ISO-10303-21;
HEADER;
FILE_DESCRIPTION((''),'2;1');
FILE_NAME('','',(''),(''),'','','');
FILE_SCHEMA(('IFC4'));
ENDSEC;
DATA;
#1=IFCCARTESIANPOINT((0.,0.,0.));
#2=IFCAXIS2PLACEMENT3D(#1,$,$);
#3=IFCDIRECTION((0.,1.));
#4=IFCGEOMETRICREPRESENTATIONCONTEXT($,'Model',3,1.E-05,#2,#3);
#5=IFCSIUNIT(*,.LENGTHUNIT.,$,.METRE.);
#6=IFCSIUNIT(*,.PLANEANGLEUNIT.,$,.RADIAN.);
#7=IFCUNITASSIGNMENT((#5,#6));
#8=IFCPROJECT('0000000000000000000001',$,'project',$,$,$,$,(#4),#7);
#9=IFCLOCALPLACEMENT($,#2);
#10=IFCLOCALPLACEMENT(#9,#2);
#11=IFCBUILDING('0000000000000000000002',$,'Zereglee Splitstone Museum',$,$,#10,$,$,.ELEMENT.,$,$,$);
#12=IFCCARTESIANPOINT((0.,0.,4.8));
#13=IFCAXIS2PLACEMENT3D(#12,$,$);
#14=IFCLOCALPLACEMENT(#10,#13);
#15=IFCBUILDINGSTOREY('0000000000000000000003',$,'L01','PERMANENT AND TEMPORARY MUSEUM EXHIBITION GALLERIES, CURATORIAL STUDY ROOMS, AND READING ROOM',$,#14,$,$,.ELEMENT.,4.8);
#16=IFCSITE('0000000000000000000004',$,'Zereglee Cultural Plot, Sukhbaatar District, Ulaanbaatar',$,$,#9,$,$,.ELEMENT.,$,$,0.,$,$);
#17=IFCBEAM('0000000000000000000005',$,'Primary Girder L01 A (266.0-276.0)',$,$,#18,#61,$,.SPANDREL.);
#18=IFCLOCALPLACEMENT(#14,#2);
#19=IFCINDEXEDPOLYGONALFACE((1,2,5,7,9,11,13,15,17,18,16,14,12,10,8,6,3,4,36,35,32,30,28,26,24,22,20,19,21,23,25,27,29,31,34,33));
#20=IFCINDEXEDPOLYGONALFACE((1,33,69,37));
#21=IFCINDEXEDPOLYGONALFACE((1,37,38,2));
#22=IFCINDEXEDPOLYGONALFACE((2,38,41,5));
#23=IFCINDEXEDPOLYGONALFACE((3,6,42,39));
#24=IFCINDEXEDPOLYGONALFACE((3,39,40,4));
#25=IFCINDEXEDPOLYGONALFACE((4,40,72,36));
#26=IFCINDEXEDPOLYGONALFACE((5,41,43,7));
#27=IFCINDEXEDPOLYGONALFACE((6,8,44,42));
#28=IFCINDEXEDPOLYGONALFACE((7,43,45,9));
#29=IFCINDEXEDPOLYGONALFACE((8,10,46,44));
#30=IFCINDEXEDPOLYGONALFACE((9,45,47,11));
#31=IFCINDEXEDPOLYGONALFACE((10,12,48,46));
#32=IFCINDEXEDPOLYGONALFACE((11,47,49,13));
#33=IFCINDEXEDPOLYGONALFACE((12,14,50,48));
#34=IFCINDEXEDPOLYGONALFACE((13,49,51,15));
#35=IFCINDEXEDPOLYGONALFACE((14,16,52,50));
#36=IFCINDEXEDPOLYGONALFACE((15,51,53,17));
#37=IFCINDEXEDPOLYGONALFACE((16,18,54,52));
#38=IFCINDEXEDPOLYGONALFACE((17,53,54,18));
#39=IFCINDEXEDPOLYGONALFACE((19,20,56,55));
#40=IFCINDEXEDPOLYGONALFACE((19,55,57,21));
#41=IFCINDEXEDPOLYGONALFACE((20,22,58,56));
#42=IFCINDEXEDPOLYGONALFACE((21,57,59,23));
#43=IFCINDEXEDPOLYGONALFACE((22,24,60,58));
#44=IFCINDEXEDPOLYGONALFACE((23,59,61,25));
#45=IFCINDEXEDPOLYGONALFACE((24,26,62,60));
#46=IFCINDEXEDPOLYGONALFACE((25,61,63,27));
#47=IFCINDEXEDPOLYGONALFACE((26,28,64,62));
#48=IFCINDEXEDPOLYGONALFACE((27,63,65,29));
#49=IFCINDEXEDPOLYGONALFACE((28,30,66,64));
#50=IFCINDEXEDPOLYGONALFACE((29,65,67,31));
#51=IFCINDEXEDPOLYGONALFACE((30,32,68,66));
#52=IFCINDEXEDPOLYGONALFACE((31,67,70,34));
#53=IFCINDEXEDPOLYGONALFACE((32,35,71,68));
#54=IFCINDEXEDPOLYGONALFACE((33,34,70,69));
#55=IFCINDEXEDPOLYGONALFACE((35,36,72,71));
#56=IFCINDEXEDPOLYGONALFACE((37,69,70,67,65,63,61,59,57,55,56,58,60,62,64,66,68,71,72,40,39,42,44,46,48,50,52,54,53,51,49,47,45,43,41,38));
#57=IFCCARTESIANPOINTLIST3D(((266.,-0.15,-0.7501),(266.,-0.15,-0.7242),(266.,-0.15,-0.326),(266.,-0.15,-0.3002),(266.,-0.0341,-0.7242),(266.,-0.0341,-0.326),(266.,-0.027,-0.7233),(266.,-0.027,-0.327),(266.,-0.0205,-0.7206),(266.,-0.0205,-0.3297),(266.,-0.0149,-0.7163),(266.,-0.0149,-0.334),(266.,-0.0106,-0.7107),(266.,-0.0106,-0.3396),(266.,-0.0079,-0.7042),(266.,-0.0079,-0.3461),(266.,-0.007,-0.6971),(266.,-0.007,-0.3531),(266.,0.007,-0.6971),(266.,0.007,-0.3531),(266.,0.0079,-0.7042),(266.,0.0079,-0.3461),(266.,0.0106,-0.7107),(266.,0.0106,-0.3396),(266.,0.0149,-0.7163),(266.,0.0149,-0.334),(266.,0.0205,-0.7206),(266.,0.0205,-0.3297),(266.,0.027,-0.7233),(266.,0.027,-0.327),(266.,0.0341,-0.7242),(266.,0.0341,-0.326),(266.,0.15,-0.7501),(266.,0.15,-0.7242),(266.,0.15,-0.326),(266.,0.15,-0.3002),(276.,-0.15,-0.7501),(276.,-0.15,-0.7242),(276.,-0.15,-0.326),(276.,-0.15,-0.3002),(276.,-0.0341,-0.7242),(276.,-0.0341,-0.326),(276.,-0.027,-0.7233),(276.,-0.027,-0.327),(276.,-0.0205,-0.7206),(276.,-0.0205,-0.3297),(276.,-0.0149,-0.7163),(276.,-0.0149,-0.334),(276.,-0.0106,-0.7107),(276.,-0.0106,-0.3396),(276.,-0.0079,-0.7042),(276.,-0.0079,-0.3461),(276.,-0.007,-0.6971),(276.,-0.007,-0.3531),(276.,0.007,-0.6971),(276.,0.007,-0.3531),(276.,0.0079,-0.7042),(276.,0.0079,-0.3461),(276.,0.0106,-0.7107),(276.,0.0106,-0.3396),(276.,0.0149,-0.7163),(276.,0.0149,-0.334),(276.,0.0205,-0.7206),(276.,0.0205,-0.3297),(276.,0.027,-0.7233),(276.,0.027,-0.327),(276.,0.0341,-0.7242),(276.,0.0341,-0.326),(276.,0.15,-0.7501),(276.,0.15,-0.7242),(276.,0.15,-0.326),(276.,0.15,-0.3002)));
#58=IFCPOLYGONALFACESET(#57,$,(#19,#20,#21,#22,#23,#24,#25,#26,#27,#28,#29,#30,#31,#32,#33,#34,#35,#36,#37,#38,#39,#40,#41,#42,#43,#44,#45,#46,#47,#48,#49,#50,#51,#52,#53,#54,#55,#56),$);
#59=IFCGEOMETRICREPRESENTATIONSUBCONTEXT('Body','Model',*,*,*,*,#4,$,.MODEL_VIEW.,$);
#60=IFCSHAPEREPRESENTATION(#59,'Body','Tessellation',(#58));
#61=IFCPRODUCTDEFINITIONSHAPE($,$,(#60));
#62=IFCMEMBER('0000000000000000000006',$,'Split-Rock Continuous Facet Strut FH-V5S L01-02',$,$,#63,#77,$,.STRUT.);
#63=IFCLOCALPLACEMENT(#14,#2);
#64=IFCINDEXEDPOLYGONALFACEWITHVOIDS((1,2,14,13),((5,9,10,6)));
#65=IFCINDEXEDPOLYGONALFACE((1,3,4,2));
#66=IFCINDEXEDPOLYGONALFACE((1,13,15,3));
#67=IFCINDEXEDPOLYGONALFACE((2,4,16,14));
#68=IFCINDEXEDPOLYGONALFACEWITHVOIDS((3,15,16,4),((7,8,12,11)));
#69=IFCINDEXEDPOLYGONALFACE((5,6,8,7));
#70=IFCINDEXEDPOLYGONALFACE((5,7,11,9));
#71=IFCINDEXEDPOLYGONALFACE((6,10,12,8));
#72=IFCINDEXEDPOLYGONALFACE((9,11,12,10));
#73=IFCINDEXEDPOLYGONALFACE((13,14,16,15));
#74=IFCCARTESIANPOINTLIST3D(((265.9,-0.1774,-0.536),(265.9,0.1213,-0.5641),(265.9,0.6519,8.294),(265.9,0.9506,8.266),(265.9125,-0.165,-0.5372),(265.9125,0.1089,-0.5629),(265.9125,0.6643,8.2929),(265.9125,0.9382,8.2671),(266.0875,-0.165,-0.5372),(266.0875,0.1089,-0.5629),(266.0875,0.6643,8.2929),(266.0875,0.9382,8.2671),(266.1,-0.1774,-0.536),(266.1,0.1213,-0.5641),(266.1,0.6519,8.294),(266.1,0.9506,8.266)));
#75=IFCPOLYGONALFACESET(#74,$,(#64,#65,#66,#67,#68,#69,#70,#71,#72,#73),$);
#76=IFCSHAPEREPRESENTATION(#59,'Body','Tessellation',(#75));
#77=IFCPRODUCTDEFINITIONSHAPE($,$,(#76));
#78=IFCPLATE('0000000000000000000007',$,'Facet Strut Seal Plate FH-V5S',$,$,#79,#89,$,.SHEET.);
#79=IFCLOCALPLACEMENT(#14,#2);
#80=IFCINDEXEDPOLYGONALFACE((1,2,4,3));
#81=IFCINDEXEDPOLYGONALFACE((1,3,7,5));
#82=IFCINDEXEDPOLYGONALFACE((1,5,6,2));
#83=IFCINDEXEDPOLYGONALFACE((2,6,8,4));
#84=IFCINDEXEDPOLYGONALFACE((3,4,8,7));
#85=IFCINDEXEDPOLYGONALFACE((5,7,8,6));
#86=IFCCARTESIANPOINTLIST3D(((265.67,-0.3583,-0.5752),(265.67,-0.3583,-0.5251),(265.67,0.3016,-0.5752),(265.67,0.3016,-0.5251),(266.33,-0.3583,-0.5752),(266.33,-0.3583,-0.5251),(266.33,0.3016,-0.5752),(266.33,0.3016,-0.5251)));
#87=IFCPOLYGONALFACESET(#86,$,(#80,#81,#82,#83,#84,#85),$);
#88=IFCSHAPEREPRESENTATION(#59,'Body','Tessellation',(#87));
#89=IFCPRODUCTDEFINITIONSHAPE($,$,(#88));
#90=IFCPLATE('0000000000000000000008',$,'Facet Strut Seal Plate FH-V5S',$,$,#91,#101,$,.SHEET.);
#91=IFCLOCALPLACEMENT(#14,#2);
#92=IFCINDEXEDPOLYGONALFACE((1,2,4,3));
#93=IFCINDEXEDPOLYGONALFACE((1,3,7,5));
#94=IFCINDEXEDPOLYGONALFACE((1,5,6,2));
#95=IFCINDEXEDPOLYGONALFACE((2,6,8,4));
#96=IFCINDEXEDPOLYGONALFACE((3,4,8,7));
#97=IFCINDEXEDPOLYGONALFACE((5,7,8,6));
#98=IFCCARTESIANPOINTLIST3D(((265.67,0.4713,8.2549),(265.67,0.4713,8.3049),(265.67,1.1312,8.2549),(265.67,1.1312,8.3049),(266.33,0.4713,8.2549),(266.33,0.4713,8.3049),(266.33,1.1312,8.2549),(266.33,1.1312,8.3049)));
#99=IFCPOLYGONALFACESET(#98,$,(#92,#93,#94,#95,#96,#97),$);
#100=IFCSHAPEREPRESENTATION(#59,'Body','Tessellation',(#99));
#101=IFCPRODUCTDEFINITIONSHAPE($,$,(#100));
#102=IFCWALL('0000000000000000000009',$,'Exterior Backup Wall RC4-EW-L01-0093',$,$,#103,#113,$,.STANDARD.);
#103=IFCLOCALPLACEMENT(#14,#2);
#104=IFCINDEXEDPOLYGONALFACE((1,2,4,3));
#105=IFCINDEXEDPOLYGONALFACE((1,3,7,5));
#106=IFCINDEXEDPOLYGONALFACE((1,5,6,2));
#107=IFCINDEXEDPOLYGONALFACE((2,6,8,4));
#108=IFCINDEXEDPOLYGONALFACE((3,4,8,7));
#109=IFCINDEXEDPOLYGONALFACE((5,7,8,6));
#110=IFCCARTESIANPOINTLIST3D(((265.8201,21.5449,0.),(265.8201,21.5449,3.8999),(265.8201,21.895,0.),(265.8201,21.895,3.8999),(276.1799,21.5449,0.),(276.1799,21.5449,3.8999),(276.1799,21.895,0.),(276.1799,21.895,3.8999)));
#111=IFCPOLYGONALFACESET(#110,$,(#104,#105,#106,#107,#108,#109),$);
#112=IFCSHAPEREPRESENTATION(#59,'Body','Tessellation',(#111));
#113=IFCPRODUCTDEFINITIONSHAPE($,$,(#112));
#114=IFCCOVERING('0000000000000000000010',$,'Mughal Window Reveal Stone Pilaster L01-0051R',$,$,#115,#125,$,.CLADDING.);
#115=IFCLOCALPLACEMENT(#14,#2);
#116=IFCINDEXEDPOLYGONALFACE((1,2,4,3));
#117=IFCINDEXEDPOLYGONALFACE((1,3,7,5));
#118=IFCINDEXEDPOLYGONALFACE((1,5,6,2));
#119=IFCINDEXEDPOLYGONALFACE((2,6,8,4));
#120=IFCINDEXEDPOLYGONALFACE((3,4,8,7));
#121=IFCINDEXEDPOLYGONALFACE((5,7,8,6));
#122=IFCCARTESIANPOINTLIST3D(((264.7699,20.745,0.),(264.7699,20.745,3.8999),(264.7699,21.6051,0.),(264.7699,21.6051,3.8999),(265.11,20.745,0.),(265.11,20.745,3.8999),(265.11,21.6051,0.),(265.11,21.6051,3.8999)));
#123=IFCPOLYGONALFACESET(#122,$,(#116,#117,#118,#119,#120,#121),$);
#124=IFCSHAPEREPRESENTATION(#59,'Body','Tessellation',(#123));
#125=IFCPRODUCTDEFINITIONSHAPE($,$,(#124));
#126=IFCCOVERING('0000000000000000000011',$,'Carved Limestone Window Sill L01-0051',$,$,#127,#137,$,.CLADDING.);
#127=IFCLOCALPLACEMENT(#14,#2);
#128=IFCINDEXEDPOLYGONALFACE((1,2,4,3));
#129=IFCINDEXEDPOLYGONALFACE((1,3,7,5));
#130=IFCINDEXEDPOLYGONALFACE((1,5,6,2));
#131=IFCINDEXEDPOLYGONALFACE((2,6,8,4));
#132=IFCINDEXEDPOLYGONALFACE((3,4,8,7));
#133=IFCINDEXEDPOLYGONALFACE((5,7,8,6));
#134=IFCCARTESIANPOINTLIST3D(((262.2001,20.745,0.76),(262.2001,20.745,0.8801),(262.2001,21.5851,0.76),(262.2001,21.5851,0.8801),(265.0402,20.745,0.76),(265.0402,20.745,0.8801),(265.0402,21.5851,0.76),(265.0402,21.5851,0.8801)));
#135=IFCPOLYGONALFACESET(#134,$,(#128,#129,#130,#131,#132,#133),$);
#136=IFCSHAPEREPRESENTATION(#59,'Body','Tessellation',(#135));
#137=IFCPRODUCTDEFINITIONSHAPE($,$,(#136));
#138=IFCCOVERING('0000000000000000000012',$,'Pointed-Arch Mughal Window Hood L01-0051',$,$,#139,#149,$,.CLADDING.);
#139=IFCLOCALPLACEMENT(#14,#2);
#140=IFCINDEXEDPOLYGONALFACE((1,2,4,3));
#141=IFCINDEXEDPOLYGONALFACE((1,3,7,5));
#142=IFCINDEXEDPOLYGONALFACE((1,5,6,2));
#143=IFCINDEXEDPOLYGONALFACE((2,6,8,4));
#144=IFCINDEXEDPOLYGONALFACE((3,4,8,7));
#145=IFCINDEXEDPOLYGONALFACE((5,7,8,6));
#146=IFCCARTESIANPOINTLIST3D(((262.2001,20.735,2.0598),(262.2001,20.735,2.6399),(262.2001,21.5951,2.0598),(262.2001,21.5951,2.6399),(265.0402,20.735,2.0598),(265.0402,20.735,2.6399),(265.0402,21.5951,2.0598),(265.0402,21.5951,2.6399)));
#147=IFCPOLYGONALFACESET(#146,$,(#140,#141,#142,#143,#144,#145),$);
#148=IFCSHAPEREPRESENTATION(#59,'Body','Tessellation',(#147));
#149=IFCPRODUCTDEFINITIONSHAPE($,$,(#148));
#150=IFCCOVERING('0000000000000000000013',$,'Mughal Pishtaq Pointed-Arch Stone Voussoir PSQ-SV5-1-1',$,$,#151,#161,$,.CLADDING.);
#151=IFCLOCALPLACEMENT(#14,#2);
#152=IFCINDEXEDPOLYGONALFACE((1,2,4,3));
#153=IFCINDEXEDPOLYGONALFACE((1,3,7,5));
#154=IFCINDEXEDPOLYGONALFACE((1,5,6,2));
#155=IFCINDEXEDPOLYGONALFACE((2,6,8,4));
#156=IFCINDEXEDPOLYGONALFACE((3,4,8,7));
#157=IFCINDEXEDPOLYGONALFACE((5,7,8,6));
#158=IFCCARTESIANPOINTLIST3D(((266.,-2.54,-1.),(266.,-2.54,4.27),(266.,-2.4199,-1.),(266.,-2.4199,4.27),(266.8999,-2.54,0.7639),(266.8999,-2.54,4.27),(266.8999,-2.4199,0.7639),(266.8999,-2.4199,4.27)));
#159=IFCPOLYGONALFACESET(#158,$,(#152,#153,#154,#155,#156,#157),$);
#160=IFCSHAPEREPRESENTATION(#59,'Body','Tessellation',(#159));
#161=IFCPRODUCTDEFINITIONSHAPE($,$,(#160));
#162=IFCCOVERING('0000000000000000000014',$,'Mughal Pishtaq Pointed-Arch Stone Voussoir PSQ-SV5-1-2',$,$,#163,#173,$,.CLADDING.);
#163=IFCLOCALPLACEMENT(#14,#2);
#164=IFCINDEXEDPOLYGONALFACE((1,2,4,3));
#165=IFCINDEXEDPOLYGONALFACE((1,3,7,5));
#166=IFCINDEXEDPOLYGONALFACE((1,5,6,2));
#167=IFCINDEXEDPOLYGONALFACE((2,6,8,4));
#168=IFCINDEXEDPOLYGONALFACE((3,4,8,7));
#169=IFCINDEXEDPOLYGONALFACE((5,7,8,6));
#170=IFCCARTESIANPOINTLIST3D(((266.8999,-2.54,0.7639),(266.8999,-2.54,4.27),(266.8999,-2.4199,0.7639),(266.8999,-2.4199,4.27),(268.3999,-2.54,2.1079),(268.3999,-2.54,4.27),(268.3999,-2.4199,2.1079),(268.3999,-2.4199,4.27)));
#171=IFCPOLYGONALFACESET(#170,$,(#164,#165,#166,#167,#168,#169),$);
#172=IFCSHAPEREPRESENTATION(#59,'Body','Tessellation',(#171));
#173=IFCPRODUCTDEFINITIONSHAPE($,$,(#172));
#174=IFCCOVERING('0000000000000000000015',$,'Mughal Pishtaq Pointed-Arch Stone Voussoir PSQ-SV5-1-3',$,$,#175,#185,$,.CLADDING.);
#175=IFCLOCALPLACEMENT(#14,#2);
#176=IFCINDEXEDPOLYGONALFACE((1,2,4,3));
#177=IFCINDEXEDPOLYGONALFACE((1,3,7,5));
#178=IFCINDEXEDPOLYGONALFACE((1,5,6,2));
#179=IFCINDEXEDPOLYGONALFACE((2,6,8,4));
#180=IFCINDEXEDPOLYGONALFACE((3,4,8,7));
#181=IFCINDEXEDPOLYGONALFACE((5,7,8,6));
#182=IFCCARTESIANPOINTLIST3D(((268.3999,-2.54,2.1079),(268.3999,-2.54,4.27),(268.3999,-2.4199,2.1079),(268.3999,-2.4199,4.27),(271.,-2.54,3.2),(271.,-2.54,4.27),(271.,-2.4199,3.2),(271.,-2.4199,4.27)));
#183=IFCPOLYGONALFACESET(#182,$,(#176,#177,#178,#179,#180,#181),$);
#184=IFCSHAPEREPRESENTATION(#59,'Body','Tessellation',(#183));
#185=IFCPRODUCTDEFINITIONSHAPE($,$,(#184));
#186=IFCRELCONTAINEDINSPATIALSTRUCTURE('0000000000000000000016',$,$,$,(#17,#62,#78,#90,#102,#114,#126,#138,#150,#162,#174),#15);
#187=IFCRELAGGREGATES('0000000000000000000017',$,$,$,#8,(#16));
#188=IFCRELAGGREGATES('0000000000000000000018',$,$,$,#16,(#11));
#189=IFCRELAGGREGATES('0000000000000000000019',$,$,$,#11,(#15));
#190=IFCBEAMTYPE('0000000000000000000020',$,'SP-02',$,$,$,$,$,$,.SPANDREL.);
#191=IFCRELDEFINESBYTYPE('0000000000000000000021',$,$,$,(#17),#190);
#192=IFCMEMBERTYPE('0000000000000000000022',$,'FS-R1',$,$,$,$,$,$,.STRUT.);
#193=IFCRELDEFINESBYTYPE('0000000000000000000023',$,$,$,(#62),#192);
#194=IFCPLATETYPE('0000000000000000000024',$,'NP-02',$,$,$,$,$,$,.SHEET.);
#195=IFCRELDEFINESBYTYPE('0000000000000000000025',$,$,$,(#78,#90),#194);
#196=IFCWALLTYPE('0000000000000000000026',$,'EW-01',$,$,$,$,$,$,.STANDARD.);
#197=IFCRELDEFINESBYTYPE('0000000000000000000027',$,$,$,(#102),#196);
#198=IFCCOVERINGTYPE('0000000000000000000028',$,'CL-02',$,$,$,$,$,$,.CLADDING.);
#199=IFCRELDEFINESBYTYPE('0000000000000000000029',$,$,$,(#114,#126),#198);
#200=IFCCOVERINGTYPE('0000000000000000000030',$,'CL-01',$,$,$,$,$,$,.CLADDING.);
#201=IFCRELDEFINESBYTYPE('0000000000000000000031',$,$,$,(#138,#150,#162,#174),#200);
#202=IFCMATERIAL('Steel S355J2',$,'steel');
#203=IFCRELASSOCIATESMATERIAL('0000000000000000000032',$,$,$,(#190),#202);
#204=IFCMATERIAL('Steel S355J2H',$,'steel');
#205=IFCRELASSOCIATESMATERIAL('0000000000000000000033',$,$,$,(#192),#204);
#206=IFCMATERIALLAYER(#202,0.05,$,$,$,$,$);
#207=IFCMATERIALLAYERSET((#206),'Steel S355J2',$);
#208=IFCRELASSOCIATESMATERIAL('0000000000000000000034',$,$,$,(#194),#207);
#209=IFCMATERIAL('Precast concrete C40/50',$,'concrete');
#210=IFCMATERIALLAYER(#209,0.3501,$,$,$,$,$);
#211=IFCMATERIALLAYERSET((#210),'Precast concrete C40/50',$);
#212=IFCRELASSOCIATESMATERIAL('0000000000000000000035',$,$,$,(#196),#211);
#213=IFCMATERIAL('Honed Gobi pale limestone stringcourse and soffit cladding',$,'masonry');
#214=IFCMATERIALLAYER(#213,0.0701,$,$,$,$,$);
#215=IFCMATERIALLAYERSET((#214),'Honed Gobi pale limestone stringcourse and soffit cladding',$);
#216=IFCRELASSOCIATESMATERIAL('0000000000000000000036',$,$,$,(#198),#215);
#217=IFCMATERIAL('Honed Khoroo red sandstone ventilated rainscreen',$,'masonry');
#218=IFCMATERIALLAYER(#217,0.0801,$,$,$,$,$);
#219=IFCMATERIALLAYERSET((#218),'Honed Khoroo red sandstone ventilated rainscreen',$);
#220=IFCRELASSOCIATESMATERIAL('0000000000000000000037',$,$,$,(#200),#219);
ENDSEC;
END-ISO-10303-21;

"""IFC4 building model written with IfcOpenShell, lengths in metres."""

from ifc_helpers import new_model, si_unit, direction, frame, frame_2d, origin, origin_2d, place, context, subcontext, project, spatial, polyline, rectangle, hollow_rectangle, i_section, outline, extrude, material, layer, layer_set, material_profile, profile_set, type_object, element, save


model = new_model("IFC4")

# Units and contexts
model_context = context("Model", 3, precision=1e-05, world=origin(), true_north=direction((0.0, 1.0)))
body_context = subcontext(model_context, "Body", "Model", "MODEL_VIEW")
ifc_project = project(units=[si_unit("LENGTHUNIT", "METRE"), si_unit("PLANEANGLEUNIT", "RADIAN")], contexts=[model_context])

# Site, building, storey
site_placement = place(None, origin())
site = spatial("IfcSite", under=ifc_project, at=site_placement, Name="Zereglee Cultural Plot, Sukhbaatar District, Ulaanbaatar", CompositionType="ELEMENT", RefElevation=0.0)
building_placement = place(site_placement, origin())
building = spatial("IfcBuilding", under=site, at=building_placement, Name="Zereglee Splitstone Museum", CompositionType="ELEMENT")
storey_placement = place(building_placement, frame((0.0, 0.0, 4.8)))
storey = spatial("IfcBuildingStorey", under=building, at=storey_placement, Name="L01", Description="PERMANENT AND TEMPORARY MUSEUM EXHIBITION GALLERIES, CURATORIAL STUDY ROOMS, AND READING ROOM", CompositionType="ELEMENT", Elevation=4.8)

# Shared definitions
ifc_material_1 = material(Name="Steel S355J2", Category="steel")

# Beam
ifc_material_profile_1 = material_profile(ifc_material_1, i_section(OverallWidth=0.3, OverallDepth=0.45, WebThickness=0.0139, FlangeThickness=0.0259, FilletRadius=0.0271, at=origin_2d()), Name="HE 450 B")
ifc_profile_set_1 = profile_set([ifc_material_profile_1], Name="Steel S355J2")
beam_type_1 = type_object("IfcBeamType", Name="SP-02", PredefinedType="SPANDREL", material=ifc_profile_set_1)
beam_1_placement = place(storey_placement, frame((266.0, 0.0, -0.5251), z_axis=(1.0, 0.0, 0.0), x_axis=(0.0, 1.0, 0.0)))
element("IfcBeam", 1, at=beam_1_placement, inside=storey, type_object=beam_type_1, Name="Primary Girder L01 A (266.0-276.0)", PredefinedType="SPANDREL", context=body_context, shape_type="SweptSolid", body=[
    extrude(i_section(OverallWidth=0.3, OverallDepth=0.45, WebThickness=0.0139, FlangeThickness=0.0259, FilletRadius=0.0271, at=origin_2d()), origin(), (0.0, 0.0, 1.0), 10.0),
])

# Member
ifc_material_2 = material(Name="Steel S355J2H", Category="steel")
ifc_material_profile_2 = material_profile(ifc_material_2, hollow_rectangle(XDim=0.2, YDim=0.3, WallThickness=0.0125, at=origin_2d()), Name="RHS 300x200x12.5")
ifc_profile_set_2 = profile_set([ifc_material_profile_2], Name="Steel S355J2H")
member_type_1 = type_object("IfcMemberType", Name="FS-R1", PredefinedType="STRUT", material=ifc_profile_set_2)
member_1_placement = place(storey_placement, frame((266.0, -0.0281, -0.55), z_axis=(0.0, 0.093511, 0.995618), x_axis=(-1.0, 0.0, 0.0)))
element("IfcMember", 2, at=member_1_placement, inside=storey, type_object=member_type_1, Name="Split-Rock Continuous Facet Strut FH-V5S L01-02", PredefinedType="STRUT", context=body_context, shape_type="SweptSolid", body=[
    extrude(hollow_rectangle(XDim=0.2, YDim=0.3, WallThickness=0.0125, at=origin_2d()), origin(), (0.0, 0.0, 1.0), 8.8689),
])

# Plates
ifc_layer_1 = layer(ifc_material_1, 0.05)
ifc_layer_set_1 = layer_set([ifc_layer_1], Name="Steel S355J2")
plate_type = type_object("IfcPlateType", Name="NP-02", PredefinedType="SHEET", material=ifc_layer_set_1)
for number, where, z_axis, x_axis, name in (
    (3, (266.0, -0.0283, -0.5752), (0.0, 0.0, 1.0), (1.0, 0.0, 0.0), "Facet Strut Seal Plate FH-V5S"),
    (4, (266.0, 0.8013, 8.2549), (0.0, 0.0, 1.0), (1.0, 0.0, 0.0), "Facet Strut Seal Plate FH-V5S"),
):
    element("IfcPlate", number, at=place(storey_placement, frame(where, z_axis=z_axis, x_axis=x_axis)), inside=storey, type_object=plate_type, Name=name, PredefinedType="SHEET", context=body_context, shape_type="SweptSolid", body=[
        extrude(rectangle(XDim=0.6599, YDim=0.6599, at=origin_2d()), origin(), (0.0, 0.0, 1.0), 0.05),
    ])

# Wall
ifc_material_3 = material(Name="Precast concrete C40/50", Category="concrete")
ifc_layer_2 = layer(ifc_material_3, 0.3501)
ifc_layer_set_2 = layer_set([ifc_layer_2], Name="Precast concrete C40/50")
wall_type = type_object("IfcWallType", Name="EW-01", PredefinedType="STANDARD", material=ifc_layer_set_2)
wall_placement = place(storey_placement, frame((265.8201, 21.72, 0.0), z_axis=(0.0, 0.0, 1.0), x_axis=(1.0, 0.0, 0.0)))
element("IfcWall", 5, at=wall_placement, inside=storey, type_object=wall_type, Name="Exterior Backup Wall RC4-EW-L01-0093", PredefinedType="STANDARD", context=body_context, shape_type="SweptSolid", body=[
    extrude(rectangle(XDim=10.3599, YDim=0.3501, at=frame_2d((5.1799, 0.0))), origin(), (0.0, 0.0, 1.0), 3.8999),
])

# Coverings
ifc_material_4 = material(Name="Honed Gobi pale limestone stringcourse and soffit cladding", Category="masonry")
ifc_layer_3 = layer(ifc_material_4, 0.0701)
ifc_layer_set_3 = layer_set([ifc_layer_3], Name="Honed Gobi pale limestone stringcourse and soffit cladding")
covering_type_1 = type_object("IfcCoveringType", Name="CL-02", PredefinedType="CLADDING", material=ifc_layer_set_3)
covering_1_placement = place(storey_placement, frame((264.9399, 21.175, 0.0), z_axis=(0.0, 0.0, 1.0), x_axis=(1.0, 0.0, 0.0)))
element("IfcCovering", 6, at=covering_1_placement, inside=storey, type_object=covering_type_1, Name="Mughal Window Reveal Stone Pilaster L01-0051R", PredefinedType="CLADDING", context=body_context, shape_type="SweptSolid", body=[
    extrude(rectangle(XDim=0.3401, YDim=0.8601, at=origin_2d()), origin(), (0.0, 0.0, 1.0), 3.8999),
])
covering_2_placement = place(storey_placement, frame((263.6201, 21.165, 0.76), z_axis=(0.0, 0.0, 1.0), x_axis=(1.0, 0.0, 0.0)))
element("IfcCovering", 7, at=covering_2_placement, inside=storey, type_object=covering_type_1, Name="Carved Limestone Window Sill L01-0051", PredefinedType="CLADDING", context=body_context, shape_type="SweptSolid", body=[
    extrude(rectangle(XDim=2.8401, YDim=0.8401, at=origin_2d()), origin(), (0.0, 0.0, 1.0), 0.1201),
])
ifc_material_5 = material(Name="Honed Khoroo red sandstone ventilated rainscreen", Category="masonry")
ifc_layer_4 = layer(ifc_material_5, 0.0801)
ifc_layer_set_4 = layer_set([ifc_layer_4], Name="Honed Khoroo red sandstone ventilated rainscreen")
covering_type_2 = type_object("IfcCoveringType", Name="CL-01", PredefinedType="CLADDING", material=ifc_layer_set_4)
covering_3_placement = place(storey_placement, frame((263.6201, 21.165, 2.0598), z_axis=(0.0, 0.0, 1.0), x_axis=(1.0, 0.0, 0.0)))
element("IfcCovering", 8, at=covering_3_placement, inside=storey, type_object=covering_type_2, Name="Pointed-Arch Mughal Window Hood L01-0051", PredefinedType="CLADDING", context=body_context, shape_type="SweptSolid", body=[
    extrude(rectangle(XDim=2.8401, YDim=0.8601, at=origin_2d()), origin(), (0.0, 0.0, 1.0), 0.5801),
])
covering_4_placement = place(storey_placement, frame((266.0, -2.54, -1.0), z_axis=(0.0, -1.0, 0.0), x_axis=(0.454448, 0.0, 0.890773)))
element("IfcCovering", 9, at=covering_4_placement, inside=storey, type_object=covering_type_2, Name="Mughal Pishtaq Pointed-Arch Stone Voussoir PSQ-SV5-1-1", PredefinedType="CLADDING", context=body_context, shape_type="SweptSolid", body=[
    extrude(outline(polyline([(0.0, 0.0), (1.9802, 0.0), (5.1034, 1.5933), (4.6944, 2.395), (0.0, 0.0)])), origin(), (0.0, 0.0, -1.0), 0.1201),
])
covering_5_placement = place(storey_placement, frame((266.8999, -2.54, 0.7639), z_axis=(0.0, -1.0, 0.0), x_axis=(0.744775, 0.0, 0.667316)))
element("IfcCovering", 10, at=covering_5_placement, inside=storey, type_object=covering_type_2, Name="Mughal Pishtaq Pointed-Arch Stone Voussoir PSQ-SV5-1-2", PredefinedType="CLADDING", context=body_context, shape_type="SweptSolid", body=[
    extrude(outline(polyline([(0.0, 0.0), (2.014, 0.0), (3.4568, 1.6103), (2.3397, 2.6113), (0.0, 0.0)])), origin(), (0.0, 0.0, -1.0), 0.1201),
])
covering_6_placement = place(storey_placement, frame((268.3999, -2.54, 2.1079), z_axis=(0.0, -1.0, 0.0), x_axis=(0.921982, 0.0, 0.387232)))
element("IfcCovering", 11, at=covering_6_placement, inside=storey, type_object=covering_type_2, Name="Mughal Pishtaq Pointed-Arch Stone Voussoir PSQ-SV5-1-3", PredefinedType="CLADDING", context=body_context, shape_type="SweptSolid", body=[
    extrude(outline(polyline([(0.0, 0.0), (2.8201, 0.0), (3.2345, 0.9866), (0.8372, 1.9934), (0.0, 0.0)])), origin(), (0.0, 0.0, -1.0), 0.1201),
])

save(model, "model.ifc")
